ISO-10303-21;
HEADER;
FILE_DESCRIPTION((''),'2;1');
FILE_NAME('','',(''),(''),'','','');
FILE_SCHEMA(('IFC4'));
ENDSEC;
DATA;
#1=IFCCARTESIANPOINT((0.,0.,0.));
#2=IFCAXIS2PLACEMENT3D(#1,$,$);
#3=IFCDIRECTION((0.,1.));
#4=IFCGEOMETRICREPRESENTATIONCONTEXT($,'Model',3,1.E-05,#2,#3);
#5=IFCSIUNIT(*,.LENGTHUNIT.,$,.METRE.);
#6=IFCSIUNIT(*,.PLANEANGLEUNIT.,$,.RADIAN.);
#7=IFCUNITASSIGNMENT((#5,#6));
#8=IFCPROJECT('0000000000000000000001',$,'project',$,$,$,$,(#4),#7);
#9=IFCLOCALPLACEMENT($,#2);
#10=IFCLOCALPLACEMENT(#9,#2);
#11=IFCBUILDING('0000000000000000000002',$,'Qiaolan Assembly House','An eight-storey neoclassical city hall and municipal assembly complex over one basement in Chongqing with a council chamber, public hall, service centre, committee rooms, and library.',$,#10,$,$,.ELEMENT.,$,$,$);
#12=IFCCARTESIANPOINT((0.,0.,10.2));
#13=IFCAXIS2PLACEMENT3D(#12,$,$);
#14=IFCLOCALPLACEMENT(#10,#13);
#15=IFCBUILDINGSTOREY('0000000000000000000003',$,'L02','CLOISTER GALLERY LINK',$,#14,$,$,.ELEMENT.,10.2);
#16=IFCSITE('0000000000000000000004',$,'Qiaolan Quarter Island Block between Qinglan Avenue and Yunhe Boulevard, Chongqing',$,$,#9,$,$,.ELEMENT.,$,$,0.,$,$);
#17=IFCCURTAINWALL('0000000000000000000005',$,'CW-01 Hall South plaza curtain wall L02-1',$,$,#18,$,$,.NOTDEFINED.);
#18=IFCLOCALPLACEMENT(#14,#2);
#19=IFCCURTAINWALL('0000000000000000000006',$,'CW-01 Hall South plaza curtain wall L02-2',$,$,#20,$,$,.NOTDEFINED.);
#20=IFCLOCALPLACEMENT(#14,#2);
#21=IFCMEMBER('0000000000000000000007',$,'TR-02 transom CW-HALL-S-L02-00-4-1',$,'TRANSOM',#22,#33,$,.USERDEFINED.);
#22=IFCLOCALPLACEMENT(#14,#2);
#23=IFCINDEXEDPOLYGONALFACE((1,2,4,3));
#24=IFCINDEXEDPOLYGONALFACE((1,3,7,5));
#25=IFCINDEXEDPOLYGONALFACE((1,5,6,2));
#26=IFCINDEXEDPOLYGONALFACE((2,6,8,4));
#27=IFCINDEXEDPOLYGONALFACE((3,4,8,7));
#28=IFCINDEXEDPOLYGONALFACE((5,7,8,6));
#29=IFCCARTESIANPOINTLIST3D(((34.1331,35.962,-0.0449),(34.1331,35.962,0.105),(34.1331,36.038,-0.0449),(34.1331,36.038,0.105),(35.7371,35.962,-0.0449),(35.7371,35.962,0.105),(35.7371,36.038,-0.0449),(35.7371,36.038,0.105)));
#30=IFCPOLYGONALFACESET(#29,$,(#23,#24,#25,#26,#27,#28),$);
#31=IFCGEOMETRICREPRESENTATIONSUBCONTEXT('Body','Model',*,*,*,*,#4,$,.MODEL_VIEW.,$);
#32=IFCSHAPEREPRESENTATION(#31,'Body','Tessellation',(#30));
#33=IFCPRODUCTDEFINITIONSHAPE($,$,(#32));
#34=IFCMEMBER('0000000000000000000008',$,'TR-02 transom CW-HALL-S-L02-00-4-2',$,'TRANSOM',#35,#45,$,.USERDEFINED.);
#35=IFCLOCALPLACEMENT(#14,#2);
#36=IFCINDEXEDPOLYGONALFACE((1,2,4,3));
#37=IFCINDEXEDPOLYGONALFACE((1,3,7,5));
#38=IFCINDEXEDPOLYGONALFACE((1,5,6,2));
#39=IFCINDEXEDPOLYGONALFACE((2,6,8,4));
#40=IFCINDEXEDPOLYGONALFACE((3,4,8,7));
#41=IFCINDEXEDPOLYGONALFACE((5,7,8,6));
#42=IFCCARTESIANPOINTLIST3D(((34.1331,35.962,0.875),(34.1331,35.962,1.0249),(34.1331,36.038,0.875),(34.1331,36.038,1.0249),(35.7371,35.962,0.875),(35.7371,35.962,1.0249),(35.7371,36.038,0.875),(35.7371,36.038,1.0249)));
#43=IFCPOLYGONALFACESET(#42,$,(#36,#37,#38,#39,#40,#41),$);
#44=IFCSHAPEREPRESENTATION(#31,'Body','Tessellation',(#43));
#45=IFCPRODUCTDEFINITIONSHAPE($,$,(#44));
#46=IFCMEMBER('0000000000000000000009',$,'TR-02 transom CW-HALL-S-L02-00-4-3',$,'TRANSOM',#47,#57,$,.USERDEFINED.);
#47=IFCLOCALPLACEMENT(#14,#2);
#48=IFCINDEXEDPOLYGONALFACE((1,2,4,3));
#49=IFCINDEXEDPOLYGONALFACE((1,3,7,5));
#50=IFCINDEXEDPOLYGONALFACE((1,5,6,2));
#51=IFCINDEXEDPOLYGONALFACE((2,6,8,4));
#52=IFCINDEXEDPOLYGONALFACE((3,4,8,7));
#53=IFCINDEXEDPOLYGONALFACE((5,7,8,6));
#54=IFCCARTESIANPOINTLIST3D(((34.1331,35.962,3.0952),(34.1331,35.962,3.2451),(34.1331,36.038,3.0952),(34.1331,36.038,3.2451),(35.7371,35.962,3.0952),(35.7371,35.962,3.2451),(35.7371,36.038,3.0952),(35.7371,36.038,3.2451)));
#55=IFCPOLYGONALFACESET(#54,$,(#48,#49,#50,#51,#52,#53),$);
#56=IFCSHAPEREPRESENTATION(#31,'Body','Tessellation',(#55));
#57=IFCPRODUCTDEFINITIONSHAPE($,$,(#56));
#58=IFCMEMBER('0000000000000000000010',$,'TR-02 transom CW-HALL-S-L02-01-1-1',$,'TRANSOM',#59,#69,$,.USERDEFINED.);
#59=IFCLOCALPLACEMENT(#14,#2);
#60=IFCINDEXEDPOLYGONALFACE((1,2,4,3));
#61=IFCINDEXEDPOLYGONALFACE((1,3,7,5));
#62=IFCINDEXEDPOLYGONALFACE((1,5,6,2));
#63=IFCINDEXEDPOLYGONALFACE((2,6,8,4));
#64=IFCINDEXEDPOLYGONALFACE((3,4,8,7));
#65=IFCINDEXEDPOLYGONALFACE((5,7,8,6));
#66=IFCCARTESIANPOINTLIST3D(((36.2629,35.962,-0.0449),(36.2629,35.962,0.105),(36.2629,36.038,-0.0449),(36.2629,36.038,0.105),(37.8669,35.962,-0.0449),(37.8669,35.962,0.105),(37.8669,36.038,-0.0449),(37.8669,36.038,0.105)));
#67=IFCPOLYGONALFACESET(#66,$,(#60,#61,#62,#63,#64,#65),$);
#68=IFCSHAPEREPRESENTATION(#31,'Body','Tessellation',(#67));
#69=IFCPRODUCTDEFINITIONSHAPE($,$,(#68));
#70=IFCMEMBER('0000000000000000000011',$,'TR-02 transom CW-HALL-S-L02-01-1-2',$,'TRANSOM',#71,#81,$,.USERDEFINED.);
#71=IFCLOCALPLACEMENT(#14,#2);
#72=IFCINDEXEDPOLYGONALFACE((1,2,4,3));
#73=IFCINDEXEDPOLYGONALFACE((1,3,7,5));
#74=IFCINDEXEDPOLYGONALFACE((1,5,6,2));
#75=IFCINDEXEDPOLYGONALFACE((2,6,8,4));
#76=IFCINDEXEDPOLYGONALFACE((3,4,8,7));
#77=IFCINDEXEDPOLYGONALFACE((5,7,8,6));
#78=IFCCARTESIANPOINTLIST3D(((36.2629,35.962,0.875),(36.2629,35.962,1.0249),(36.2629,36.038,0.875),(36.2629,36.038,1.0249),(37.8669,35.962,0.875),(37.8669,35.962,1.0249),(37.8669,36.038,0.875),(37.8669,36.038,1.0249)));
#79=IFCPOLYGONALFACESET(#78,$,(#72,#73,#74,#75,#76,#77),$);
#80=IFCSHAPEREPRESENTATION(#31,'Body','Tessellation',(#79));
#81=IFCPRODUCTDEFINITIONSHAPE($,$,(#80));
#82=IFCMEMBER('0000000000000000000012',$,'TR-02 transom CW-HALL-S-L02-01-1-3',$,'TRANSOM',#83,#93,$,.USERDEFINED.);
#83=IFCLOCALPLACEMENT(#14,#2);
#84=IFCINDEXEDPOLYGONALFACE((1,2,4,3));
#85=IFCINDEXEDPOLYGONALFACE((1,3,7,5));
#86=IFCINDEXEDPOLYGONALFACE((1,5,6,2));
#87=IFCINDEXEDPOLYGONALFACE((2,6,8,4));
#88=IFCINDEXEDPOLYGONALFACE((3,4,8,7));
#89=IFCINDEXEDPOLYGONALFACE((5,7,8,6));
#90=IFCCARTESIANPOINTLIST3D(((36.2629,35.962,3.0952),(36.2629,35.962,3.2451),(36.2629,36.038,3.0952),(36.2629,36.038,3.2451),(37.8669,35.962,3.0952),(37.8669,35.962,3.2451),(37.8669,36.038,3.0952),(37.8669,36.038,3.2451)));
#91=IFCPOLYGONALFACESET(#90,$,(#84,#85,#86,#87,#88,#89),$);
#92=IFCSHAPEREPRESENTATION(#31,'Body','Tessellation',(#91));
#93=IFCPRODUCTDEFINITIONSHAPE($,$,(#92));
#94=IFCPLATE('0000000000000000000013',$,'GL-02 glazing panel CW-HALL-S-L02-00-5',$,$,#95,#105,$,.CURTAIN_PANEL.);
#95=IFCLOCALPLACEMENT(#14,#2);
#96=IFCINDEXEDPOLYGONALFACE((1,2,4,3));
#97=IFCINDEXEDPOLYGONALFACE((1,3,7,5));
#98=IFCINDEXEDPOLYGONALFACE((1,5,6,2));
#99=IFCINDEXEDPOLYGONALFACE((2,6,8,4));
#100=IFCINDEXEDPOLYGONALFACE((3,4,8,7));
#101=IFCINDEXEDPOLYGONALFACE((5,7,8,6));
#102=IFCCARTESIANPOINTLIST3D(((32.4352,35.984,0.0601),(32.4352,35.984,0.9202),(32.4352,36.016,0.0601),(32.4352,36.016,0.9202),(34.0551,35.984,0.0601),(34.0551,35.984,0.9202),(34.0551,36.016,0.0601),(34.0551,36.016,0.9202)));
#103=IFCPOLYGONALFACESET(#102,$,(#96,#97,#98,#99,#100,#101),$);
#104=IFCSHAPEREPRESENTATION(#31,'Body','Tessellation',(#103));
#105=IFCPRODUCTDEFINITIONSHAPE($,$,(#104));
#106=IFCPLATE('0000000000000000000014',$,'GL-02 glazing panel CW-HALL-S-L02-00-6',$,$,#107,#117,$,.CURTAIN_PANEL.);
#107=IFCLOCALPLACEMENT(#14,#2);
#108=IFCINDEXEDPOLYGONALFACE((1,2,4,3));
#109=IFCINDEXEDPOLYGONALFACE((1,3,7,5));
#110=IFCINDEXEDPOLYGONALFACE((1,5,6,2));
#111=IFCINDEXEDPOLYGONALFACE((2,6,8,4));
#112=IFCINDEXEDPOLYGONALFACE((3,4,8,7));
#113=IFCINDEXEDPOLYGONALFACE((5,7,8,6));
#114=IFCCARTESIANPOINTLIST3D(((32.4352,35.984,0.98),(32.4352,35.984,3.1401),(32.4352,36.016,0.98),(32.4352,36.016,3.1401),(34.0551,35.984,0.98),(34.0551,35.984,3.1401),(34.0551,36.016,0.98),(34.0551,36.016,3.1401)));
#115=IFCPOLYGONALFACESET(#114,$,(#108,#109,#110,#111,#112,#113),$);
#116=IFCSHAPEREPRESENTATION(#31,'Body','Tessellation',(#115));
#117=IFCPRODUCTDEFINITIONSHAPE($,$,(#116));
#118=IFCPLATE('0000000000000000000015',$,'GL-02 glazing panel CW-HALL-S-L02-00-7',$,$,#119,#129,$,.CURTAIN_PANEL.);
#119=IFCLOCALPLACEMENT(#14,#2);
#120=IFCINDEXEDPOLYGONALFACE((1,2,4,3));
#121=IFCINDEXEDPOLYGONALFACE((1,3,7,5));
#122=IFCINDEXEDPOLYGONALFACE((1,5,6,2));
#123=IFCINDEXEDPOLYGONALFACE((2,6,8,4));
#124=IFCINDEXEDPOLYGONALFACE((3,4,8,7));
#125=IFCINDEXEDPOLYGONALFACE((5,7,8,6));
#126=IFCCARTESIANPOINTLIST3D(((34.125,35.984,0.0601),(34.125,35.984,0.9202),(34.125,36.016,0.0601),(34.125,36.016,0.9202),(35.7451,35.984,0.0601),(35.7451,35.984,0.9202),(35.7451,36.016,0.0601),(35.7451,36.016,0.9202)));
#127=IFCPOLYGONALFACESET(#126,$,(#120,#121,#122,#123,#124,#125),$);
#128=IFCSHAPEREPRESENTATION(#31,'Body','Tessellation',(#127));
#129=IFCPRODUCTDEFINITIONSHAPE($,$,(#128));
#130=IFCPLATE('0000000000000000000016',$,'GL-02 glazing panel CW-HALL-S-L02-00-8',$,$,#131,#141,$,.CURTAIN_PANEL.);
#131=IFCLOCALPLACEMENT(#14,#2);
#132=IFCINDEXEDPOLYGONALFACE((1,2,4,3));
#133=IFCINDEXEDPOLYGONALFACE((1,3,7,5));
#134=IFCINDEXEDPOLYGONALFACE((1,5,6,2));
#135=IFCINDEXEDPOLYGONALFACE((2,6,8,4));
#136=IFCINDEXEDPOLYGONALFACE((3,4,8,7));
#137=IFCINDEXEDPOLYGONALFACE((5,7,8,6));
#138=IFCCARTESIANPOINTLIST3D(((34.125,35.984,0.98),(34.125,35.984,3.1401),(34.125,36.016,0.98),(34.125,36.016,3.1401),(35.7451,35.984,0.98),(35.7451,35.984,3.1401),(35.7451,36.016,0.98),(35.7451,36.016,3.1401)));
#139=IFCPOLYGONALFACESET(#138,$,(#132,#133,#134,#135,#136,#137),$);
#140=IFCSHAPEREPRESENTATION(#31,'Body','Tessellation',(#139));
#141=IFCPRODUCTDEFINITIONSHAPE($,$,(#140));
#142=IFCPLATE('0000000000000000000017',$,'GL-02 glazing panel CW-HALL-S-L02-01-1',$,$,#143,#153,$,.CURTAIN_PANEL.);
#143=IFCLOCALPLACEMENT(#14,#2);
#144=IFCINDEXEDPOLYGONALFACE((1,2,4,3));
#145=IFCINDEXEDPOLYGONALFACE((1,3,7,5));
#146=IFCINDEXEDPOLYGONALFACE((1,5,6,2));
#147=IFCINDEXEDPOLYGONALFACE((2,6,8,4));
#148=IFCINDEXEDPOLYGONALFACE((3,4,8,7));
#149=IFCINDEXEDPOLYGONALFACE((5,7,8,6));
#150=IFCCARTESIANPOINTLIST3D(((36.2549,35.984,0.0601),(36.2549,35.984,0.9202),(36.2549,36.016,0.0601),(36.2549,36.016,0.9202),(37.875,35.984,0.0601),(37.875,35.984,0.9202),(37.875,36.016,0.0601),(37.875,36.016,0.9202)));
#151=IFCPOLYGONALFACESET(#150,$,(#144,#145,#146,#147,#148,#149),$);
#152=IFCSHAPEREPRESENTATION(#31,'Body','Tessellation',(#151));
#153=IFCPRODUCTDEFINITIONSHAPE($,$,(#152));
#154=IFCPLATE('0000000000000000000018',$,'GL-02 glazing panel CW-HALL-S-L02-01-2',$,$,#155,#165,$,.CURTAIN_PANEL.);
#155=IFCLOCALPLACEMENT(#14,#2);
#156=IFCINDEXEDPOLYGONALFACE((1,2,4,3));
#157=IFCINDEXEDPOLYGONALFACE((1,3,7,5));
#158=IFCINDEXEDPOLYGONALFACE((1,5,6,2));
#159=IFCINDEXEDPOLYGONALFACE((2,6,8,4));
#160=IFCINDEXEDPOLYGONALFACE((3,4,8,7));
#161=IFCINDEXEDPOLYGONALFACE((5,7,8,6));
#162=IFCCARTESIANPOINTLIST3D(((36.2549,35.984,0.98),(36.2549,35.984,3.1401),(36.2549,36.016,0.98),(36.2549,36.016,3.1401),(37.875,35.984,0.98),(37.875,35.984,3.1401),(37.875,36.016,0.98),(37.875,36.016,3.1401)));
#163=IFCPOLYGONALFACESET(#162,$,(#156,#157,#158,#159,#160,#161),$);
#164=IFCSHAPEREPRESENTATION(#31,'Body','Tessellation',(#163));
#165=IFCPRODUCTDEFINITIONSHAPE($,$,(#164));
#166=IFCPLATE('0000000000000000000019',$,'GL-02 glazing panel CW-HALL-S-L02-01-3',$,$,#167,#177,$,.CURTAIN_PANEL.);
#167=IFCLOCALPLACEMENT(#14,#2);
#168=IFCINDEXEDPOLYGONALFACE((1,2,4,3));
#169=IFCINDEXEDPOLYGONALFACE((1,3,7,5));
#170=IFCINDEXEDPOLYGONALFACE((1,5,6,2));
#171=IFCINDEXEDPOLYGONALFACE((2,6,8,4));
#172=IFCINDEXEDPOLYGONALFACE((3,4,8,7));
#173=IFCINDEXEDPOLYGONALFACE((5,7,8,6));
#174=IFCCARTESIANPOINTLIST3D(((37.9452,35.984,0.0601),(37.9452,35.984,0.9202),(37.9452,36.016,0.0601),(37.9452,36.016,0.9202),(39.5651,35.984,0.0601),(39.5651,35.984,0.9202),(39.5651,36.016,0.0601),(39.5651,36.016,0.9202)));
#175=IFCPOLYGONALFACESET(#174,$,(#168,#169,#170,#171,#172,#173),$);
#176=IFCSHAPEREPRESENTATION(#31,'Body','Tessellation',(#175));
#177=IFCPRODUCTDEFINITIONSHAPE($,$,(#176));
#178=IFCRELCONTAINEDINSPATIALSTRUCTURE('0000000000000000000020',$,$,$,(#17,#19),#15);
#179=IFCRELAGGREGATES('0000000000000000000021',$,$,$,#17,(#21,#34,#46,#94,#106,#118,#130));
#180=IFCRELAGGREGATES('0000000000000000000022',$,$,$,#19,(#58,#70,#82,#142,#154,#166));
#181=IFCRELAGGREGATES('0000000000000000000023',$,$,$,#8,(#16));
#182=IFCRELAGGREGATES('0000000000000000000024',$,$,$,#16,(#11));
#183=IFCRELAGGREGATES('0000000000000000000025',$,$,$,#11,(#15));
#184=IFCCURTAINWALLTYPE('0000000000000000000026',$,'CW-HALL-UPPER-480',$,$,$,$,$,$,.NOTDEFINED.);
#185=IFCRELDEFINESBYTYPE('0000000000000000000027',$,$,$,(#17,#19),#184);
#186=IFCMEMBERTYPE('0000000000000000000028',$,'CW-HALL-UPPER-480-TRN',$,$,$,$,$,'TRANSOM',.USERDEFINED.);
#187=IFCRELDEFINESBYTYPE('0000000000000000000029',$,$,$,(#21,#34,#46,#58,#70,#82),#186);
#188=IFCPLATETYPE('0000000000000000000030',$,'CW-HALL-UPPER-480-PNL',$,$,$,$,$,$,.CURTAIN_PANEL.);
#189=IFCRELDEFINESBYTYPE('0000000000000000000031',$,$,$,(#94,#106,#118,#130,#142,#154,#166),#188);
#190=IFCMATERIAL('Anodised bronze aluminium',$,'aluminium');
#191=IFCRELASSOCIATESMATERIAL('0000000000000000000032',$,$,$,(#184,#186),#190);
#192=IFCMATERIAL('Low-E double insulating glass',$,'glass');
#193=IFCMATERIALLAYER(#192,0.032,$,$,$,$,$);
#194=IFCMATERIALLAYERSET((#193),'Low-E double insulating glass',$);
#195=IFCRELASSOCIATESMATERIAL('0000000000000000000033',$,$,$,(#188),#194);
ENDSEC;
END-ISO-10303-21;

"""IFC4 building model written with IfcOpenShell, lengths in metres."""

from ifc_helpers import new_model, si_unit, direction, frame, frame_2d, origin, origin_2d, place, context, subcontext, project, spatial, rectangle, extrude, material, layer, layer_set, material_profile, profile_set, type_object, element, aggregate, save


model = new_model("IFC4")

# Units and contexts
model_context = context("Model", 3, precision=1e-05, world=origin(), true_north=direction((0.0, 1.0)))
body_context = subcontext(model_context, "Body", "Model", "MODEL_VIEW")
ifc_project = project(units=[si_unit("LENGTHUNIT", "METRE"), si_unit("PLANEANGLEUNIT", "RADIAN")], contexts=[model_context])

# Site, building, storey
site_placement = place(None, origin())
site = spatial("IfcSite", under=ifc_project, at=site_placement, Name="Qiaolan Quarter Island Block between Qinglan Avenue and Yunhe Boulevard, Chongqing", CompositionType="ELEMENT", RefElevation=0.0)
building_placement = place(site_placement, origin())
building = spatial("IfcBuilding", under=site, at=building_placement, Name="Qiaolan Assembly House", Description="An eight-storey neoclassical city hall and municipal assembly complex over one basement in Chongqing with a council chamber, public hall, service centre, committee rooms, and library.", CompositionType="ELEMENT")
storey_placement = place(building_placement, frame((0.0, 0.0, 10.2)))
storey = spatial("IfcBuildingStorey", under=building, at=storey_placement, Name="L02", Description="CLOISTER GALLERY LINK", CompositionType="ELEMENT", Elevation=10.2)

# Curtain walls
ifc_material_1 = material(Name="Anodised bronze aluminium", Category="aluminium")
curtain_wall_type = type_object("IfcCurtainWallType", Name="CW-HALL-UPPER-480", PredefinedType="NOTDEFINED", material=ifc_material_1)
curtain_wall_1_placement = place(storey_placement, origin())
curtain_wall_1 = element("IfcCurtainWall", 1, at=curtain_wall_1_placement, inside=storey, type_object=curtain_wall_type, Name="CW-01 Hall South plaza curtain wall L02-1", PredefinedType="NOTDEFINED")
curtain_wall_2_placement = place(storey_placement, origin())
curtain_wall_2 = element("IfcCurtainWall", 2, at=curtain_wall_2_placement, inside=storey, type_object=curtain_wall_type, Name="CW-01 Hall South plaza curtain wall L02-2", PredefinedType="NOTDEFINED")

# Members
ifc_material_profile_1 = material_profile(ifc_material_1, rectangle(XDim=0.0759, YDim=0.1499, at=origin_2d()), Name="TRN 76x150")
ifc_profile_set_1 = profile_set([ifc_material_profile_1], Name="Anodised bronze aluminium")
member_type_1 = type_object("IfcMemberType", Name="CW-HALL-UPPER-480-TRN", ElementType="TRANSOM", PredefinedType="USERDEFINED", material=ifc_profile_set_1)
member_1_placement = place(storey_placement, frame((34.1331, 36.0, 0.03), z_axis=(1.0, 0.0, 0.0), x_axis=(0.0, 1.0, 0.0)))
member_1 = element("IfcMember", 3, at=member_1_placement, type_object=member_type_1, Name="TR-02 transom CW-HALL-S-L02-00-4-1", ObjectType="TRANSOM", PredefinedType="USERDEFINED", context=body_context, shape_type="SweptSolid", body=[
    extrude(rectangle(XDim=0.0759, YDim=0.1499, at=origin_2d()), origin(), (0.0, 0.0, 1.0), 1.604),
])
member_2_placement = place(storey_placement, frame((34.1331, 36.0, 0.95), z_axis=(1.0, 0.0, 0.0), x_axis=(0.0, 1.0, 0.0)))
member_2 = element("IfcMember", 4, at=member_2_placement, type_object=member_type_1, Name="TR-02 transom CW-HALL-S-L02-00-4-2", ObjectType="TRANSOM", PredefinedType="USERDEFINED", context=body_context, shape_type="SweptSolid", body=[
    extrude(rectangle(XDim=0.0759, YDim=0.1499, at=origin_2d()), origin(), (0.0, 0.0, 1.0), 1.604),
])
member_3_placement = place(storey_placement, frame((34.1331, 36.0, 3.1702), z_axis=(1.0, 0.0, 0.0), x_axis=(0.0, 1.0, 0.0)))
member_3 = element("IfcMember", 5, at=member_3_placement, type_object=member_type_1, Name="TR-02 transom CW-HALL-S-L02-00-4-3", ObjectType="TRANSOM", PredefinedType="USERDEFINED", context=body_context, shape_type="SweptSolid", body=[
    extrude(rectangle(XDim=0.0759, YDim=0.1499, at=origin_2d()), origin(), (0.0, 0.0, 1.0), 1.604),
])
member_4_placement = place(storey_placement, frame((36.2629, 36.0, 0.03), z_axis=(1.0, 0.0, 0.0), x_axis=(0.0, 1.0, 0.0)))
member_4 = element("IfcMember", 6, at=member_4_placement, type_object=member_type_1, Name="TR-02 transom CW-HALL-S-L02-01-1-1", ObjectType="TRANSOM", PredefinedType="USERDEFINED", context=body_context, shape_type="SweptSolid", body=[
    extrude(rectangle(XDim=0.0759, YDim=0.1499, at=origin_2d()), origin(), (0.0, 0.0, 1.0), 1.604),
])
member_5_placement = place(storey_placement, frame((36.2629, 36.0, 0.95), z_axis=(1.0, 0.0, 0.0), x_axis=(0.0, 1.0, 0.0)))
member_5 = element("IfcMember", 7, at=member_5_placement, type_object=member_type_1, Name="TR-02 transom CW-HALL-S-L02-01-1-2", ObjectType="TRANSOM", PredefinedType="USERDEFINED", context=body_context, shape_type="SweptSolid", body=[
    extrude(rectangle(XDim=0.0759, YDim=0.1499, at=origin_2d()), origin(), (0.0, 0.0, 1.0), 1.604),
])
member_6_placement = place(storey_placement, frame((36.2629, 36.0, 3.1702), z_axis=(1.0, 0.0, 0.0), x_axis=(0.0, 1.0, 0.0)))
member_6 = element("IfcMember", 8, at=member_6_placement, type_object=member_type_1, Name="TR-02 transom CW-HALL-S-L02-01-1-3", ObjectType="TRANSOM", PredefinedType="USERDEFINED", context=body_context, shape_type="SweptSolid", body=[
    extrude(rectangle(XDim=0.0759, YDim=0.1499, at=origin_2d()), origin(), (0.0, 0.0, 1.0), 1.604),
])

# Plates
ifc_material_2 = material(Name="Low-E double insulating glass", Category="glass")
ifc_layer = layer(ifc_material_2, 0.032)
ifc_layer_set = layer_set([ifc_layer], Name="Low-E double insulating glass")
plate_type = type_object("IfcPlateType", Name="CW-HALL-UPPER-480-PNL", PredefinedType="CURTAIN_PANEL", material=ifc_layer_set)
plate_1_placement = place(storey_placement, frame((32.4351, 36.0, 0.0601), z_axis=(0.0, 0.0, 1.0), x_axis=(1.0, 0.0, 0.0)))
plate_1 = element("IfcPlate", 9, at=plate_1_placement, type_object=plate_type, Name="GL-02 glazing panel CW-HALL-S-L02-00-5", PredefinedType="CURTAIN_PANEL", context=body_context, shape_type="SweptSolid", body=[
    extrude(rectangle(XDim=1.6199, YDim=0.032, at=frame_2d((0.8101, 0.0))), origin(), (0.0, 0.0, 1.0), 0.8601),
])
plate_2_placement = place(storey_placement, frame((32.4351, 36.0, 0.98), z_axis=(0.0, 0.0, 1.0), x_axis=(1.0, 0.0, 0.0)))
plate_2 = element("IfcPlate", 10, at=plate_2_placement, type_object=plate_type, Name="GL-02 glazing panel CW-HALL-S-L02-00-6", PredefinedType="CURTAIN_PANEL", context=body_context, shape_type="SweptSolid", body=[
    extrude(rectangle(XDim=1.6199, YDim=0.032, at=frame_2d((0.8101, 0.0))), origin(), (0.0, 0.0, 1.0), 2.1602),
])
plate_3_placement = place(storey_placement, frame((34.125, 36.0, 0.0601), z_axis=(0.0, 0.0, 1.0), x_axis=(1.0, 0.0, 0.0)))
plate_3 = element("IfcPlate", 11, at=plate_3_placement, type_object=plate_type, Name="GL-02 glazing panel CW-HALL-S-L02-00-7", PredefinedType="CURTAIN_PANEL", context=body_context, shape_type="SweptSolid", body=[
    extrude(rectangle(XDim=1.6201, YDim=0.032, at=frame_2d((0.8101, 0.0))), origin(), (0.0, 0.0, 1.0), 0.8601),
])
plate_4_placement = place(storey_placement, frame((34.125, 36.0, 0.98), z_axis=(0.0, 0.0, 1.0), x_axis=(1.0, 0.0, 0.0)))
plate_4 = element("IfcPlate", 12, at=plate_4_placement, type_object=plate_type, Name="GL-02 glazing panel CW-HALL-S-L02-00-8", PredefinedType="CURTAIN_PANEL", context=body_context, shape_type="SweptSolid", body=[
    extrude(rectangle(XDim=1.6201, YDim=0.032, at=frame_2d((0.8101, 0.0))), origin(), (0.0, 0.0, 1.0), 2.1602),
])
aggregate(curtain_wall_1, [member_1, member_2, member_3, plate_1, plate_2, plate_3, plate_4])
plate_5_placement = place(storey_placement, frame((36.2549, 36.0, 0.0601), z_axis=(0.0, 0.0, 1.0), x_axis=(1.0, 0.0, 0.0)))
plate_5 = element("IfcPlate", 13, at=plate_5_placement, type_object=plate_type, Name="GL-02 glazing panel CW-HALL-S-L02-01-1", PredefinedType="CURTAIN_PANEL", context=body_context, shape_type="SweptSolid", body=[
    extrude(rectangle(XDim=1.6201, YDim=0.032, at=frame_2d((0.8101, 0.0))), origin(), (0.0, 0.0, 1.0), 0.8601),
])
plate_6_placement = place(storey_placement, frame((36.2549, 36.0, 0.98), z_axis=(0.0, 0.0, 1.0), x_axis=(1.0, 0.0, 0.0)))
plate_6 = element("IfcPlate", 14, at=plate_6_placement, type_object=plate_type, Name="GL-02 glazing panel CW-HALL-S-L02-01-2", PredefinedType="CURTAIN_PANEL", context=body_context, shape_type="SweptSolid", body=[
    extrude(rectangle(XDim=1.6201, YDim=0.032, at=frame_2d((0.8101, 0.0))), origin(), (0.0, 0.0, 1.0), 2.1602),
])
plate_7_placement = place(storey_placement, frame((37.9451, 36.0, 0.0601), z_axis=(0.0, 0.0, 1.0), x_axis=(1.0, 0.0, 0.0)))
plate_7 = element("IfcPlate", 15, at=plate_7_placement, type_object=plate_type, Name="GL-02 glazing panel CW-HALL-S-L02-01-3", PredefinedType="CURTAIN_PANEL", context=body_context, shape_type="SweptSolid", body=[
    extrude(rectangle(XDim=1.6199, YDim=0.032, at=frame_2d((0.8101, 0.0))), origin(), (0.0, 0.0, 1.0), 0.8601),
])
aggregate(curtain_wall_2, [member_4, member_5, member_6, plate_5, plate_6, plate_7])

save(model, "model.ifc")
